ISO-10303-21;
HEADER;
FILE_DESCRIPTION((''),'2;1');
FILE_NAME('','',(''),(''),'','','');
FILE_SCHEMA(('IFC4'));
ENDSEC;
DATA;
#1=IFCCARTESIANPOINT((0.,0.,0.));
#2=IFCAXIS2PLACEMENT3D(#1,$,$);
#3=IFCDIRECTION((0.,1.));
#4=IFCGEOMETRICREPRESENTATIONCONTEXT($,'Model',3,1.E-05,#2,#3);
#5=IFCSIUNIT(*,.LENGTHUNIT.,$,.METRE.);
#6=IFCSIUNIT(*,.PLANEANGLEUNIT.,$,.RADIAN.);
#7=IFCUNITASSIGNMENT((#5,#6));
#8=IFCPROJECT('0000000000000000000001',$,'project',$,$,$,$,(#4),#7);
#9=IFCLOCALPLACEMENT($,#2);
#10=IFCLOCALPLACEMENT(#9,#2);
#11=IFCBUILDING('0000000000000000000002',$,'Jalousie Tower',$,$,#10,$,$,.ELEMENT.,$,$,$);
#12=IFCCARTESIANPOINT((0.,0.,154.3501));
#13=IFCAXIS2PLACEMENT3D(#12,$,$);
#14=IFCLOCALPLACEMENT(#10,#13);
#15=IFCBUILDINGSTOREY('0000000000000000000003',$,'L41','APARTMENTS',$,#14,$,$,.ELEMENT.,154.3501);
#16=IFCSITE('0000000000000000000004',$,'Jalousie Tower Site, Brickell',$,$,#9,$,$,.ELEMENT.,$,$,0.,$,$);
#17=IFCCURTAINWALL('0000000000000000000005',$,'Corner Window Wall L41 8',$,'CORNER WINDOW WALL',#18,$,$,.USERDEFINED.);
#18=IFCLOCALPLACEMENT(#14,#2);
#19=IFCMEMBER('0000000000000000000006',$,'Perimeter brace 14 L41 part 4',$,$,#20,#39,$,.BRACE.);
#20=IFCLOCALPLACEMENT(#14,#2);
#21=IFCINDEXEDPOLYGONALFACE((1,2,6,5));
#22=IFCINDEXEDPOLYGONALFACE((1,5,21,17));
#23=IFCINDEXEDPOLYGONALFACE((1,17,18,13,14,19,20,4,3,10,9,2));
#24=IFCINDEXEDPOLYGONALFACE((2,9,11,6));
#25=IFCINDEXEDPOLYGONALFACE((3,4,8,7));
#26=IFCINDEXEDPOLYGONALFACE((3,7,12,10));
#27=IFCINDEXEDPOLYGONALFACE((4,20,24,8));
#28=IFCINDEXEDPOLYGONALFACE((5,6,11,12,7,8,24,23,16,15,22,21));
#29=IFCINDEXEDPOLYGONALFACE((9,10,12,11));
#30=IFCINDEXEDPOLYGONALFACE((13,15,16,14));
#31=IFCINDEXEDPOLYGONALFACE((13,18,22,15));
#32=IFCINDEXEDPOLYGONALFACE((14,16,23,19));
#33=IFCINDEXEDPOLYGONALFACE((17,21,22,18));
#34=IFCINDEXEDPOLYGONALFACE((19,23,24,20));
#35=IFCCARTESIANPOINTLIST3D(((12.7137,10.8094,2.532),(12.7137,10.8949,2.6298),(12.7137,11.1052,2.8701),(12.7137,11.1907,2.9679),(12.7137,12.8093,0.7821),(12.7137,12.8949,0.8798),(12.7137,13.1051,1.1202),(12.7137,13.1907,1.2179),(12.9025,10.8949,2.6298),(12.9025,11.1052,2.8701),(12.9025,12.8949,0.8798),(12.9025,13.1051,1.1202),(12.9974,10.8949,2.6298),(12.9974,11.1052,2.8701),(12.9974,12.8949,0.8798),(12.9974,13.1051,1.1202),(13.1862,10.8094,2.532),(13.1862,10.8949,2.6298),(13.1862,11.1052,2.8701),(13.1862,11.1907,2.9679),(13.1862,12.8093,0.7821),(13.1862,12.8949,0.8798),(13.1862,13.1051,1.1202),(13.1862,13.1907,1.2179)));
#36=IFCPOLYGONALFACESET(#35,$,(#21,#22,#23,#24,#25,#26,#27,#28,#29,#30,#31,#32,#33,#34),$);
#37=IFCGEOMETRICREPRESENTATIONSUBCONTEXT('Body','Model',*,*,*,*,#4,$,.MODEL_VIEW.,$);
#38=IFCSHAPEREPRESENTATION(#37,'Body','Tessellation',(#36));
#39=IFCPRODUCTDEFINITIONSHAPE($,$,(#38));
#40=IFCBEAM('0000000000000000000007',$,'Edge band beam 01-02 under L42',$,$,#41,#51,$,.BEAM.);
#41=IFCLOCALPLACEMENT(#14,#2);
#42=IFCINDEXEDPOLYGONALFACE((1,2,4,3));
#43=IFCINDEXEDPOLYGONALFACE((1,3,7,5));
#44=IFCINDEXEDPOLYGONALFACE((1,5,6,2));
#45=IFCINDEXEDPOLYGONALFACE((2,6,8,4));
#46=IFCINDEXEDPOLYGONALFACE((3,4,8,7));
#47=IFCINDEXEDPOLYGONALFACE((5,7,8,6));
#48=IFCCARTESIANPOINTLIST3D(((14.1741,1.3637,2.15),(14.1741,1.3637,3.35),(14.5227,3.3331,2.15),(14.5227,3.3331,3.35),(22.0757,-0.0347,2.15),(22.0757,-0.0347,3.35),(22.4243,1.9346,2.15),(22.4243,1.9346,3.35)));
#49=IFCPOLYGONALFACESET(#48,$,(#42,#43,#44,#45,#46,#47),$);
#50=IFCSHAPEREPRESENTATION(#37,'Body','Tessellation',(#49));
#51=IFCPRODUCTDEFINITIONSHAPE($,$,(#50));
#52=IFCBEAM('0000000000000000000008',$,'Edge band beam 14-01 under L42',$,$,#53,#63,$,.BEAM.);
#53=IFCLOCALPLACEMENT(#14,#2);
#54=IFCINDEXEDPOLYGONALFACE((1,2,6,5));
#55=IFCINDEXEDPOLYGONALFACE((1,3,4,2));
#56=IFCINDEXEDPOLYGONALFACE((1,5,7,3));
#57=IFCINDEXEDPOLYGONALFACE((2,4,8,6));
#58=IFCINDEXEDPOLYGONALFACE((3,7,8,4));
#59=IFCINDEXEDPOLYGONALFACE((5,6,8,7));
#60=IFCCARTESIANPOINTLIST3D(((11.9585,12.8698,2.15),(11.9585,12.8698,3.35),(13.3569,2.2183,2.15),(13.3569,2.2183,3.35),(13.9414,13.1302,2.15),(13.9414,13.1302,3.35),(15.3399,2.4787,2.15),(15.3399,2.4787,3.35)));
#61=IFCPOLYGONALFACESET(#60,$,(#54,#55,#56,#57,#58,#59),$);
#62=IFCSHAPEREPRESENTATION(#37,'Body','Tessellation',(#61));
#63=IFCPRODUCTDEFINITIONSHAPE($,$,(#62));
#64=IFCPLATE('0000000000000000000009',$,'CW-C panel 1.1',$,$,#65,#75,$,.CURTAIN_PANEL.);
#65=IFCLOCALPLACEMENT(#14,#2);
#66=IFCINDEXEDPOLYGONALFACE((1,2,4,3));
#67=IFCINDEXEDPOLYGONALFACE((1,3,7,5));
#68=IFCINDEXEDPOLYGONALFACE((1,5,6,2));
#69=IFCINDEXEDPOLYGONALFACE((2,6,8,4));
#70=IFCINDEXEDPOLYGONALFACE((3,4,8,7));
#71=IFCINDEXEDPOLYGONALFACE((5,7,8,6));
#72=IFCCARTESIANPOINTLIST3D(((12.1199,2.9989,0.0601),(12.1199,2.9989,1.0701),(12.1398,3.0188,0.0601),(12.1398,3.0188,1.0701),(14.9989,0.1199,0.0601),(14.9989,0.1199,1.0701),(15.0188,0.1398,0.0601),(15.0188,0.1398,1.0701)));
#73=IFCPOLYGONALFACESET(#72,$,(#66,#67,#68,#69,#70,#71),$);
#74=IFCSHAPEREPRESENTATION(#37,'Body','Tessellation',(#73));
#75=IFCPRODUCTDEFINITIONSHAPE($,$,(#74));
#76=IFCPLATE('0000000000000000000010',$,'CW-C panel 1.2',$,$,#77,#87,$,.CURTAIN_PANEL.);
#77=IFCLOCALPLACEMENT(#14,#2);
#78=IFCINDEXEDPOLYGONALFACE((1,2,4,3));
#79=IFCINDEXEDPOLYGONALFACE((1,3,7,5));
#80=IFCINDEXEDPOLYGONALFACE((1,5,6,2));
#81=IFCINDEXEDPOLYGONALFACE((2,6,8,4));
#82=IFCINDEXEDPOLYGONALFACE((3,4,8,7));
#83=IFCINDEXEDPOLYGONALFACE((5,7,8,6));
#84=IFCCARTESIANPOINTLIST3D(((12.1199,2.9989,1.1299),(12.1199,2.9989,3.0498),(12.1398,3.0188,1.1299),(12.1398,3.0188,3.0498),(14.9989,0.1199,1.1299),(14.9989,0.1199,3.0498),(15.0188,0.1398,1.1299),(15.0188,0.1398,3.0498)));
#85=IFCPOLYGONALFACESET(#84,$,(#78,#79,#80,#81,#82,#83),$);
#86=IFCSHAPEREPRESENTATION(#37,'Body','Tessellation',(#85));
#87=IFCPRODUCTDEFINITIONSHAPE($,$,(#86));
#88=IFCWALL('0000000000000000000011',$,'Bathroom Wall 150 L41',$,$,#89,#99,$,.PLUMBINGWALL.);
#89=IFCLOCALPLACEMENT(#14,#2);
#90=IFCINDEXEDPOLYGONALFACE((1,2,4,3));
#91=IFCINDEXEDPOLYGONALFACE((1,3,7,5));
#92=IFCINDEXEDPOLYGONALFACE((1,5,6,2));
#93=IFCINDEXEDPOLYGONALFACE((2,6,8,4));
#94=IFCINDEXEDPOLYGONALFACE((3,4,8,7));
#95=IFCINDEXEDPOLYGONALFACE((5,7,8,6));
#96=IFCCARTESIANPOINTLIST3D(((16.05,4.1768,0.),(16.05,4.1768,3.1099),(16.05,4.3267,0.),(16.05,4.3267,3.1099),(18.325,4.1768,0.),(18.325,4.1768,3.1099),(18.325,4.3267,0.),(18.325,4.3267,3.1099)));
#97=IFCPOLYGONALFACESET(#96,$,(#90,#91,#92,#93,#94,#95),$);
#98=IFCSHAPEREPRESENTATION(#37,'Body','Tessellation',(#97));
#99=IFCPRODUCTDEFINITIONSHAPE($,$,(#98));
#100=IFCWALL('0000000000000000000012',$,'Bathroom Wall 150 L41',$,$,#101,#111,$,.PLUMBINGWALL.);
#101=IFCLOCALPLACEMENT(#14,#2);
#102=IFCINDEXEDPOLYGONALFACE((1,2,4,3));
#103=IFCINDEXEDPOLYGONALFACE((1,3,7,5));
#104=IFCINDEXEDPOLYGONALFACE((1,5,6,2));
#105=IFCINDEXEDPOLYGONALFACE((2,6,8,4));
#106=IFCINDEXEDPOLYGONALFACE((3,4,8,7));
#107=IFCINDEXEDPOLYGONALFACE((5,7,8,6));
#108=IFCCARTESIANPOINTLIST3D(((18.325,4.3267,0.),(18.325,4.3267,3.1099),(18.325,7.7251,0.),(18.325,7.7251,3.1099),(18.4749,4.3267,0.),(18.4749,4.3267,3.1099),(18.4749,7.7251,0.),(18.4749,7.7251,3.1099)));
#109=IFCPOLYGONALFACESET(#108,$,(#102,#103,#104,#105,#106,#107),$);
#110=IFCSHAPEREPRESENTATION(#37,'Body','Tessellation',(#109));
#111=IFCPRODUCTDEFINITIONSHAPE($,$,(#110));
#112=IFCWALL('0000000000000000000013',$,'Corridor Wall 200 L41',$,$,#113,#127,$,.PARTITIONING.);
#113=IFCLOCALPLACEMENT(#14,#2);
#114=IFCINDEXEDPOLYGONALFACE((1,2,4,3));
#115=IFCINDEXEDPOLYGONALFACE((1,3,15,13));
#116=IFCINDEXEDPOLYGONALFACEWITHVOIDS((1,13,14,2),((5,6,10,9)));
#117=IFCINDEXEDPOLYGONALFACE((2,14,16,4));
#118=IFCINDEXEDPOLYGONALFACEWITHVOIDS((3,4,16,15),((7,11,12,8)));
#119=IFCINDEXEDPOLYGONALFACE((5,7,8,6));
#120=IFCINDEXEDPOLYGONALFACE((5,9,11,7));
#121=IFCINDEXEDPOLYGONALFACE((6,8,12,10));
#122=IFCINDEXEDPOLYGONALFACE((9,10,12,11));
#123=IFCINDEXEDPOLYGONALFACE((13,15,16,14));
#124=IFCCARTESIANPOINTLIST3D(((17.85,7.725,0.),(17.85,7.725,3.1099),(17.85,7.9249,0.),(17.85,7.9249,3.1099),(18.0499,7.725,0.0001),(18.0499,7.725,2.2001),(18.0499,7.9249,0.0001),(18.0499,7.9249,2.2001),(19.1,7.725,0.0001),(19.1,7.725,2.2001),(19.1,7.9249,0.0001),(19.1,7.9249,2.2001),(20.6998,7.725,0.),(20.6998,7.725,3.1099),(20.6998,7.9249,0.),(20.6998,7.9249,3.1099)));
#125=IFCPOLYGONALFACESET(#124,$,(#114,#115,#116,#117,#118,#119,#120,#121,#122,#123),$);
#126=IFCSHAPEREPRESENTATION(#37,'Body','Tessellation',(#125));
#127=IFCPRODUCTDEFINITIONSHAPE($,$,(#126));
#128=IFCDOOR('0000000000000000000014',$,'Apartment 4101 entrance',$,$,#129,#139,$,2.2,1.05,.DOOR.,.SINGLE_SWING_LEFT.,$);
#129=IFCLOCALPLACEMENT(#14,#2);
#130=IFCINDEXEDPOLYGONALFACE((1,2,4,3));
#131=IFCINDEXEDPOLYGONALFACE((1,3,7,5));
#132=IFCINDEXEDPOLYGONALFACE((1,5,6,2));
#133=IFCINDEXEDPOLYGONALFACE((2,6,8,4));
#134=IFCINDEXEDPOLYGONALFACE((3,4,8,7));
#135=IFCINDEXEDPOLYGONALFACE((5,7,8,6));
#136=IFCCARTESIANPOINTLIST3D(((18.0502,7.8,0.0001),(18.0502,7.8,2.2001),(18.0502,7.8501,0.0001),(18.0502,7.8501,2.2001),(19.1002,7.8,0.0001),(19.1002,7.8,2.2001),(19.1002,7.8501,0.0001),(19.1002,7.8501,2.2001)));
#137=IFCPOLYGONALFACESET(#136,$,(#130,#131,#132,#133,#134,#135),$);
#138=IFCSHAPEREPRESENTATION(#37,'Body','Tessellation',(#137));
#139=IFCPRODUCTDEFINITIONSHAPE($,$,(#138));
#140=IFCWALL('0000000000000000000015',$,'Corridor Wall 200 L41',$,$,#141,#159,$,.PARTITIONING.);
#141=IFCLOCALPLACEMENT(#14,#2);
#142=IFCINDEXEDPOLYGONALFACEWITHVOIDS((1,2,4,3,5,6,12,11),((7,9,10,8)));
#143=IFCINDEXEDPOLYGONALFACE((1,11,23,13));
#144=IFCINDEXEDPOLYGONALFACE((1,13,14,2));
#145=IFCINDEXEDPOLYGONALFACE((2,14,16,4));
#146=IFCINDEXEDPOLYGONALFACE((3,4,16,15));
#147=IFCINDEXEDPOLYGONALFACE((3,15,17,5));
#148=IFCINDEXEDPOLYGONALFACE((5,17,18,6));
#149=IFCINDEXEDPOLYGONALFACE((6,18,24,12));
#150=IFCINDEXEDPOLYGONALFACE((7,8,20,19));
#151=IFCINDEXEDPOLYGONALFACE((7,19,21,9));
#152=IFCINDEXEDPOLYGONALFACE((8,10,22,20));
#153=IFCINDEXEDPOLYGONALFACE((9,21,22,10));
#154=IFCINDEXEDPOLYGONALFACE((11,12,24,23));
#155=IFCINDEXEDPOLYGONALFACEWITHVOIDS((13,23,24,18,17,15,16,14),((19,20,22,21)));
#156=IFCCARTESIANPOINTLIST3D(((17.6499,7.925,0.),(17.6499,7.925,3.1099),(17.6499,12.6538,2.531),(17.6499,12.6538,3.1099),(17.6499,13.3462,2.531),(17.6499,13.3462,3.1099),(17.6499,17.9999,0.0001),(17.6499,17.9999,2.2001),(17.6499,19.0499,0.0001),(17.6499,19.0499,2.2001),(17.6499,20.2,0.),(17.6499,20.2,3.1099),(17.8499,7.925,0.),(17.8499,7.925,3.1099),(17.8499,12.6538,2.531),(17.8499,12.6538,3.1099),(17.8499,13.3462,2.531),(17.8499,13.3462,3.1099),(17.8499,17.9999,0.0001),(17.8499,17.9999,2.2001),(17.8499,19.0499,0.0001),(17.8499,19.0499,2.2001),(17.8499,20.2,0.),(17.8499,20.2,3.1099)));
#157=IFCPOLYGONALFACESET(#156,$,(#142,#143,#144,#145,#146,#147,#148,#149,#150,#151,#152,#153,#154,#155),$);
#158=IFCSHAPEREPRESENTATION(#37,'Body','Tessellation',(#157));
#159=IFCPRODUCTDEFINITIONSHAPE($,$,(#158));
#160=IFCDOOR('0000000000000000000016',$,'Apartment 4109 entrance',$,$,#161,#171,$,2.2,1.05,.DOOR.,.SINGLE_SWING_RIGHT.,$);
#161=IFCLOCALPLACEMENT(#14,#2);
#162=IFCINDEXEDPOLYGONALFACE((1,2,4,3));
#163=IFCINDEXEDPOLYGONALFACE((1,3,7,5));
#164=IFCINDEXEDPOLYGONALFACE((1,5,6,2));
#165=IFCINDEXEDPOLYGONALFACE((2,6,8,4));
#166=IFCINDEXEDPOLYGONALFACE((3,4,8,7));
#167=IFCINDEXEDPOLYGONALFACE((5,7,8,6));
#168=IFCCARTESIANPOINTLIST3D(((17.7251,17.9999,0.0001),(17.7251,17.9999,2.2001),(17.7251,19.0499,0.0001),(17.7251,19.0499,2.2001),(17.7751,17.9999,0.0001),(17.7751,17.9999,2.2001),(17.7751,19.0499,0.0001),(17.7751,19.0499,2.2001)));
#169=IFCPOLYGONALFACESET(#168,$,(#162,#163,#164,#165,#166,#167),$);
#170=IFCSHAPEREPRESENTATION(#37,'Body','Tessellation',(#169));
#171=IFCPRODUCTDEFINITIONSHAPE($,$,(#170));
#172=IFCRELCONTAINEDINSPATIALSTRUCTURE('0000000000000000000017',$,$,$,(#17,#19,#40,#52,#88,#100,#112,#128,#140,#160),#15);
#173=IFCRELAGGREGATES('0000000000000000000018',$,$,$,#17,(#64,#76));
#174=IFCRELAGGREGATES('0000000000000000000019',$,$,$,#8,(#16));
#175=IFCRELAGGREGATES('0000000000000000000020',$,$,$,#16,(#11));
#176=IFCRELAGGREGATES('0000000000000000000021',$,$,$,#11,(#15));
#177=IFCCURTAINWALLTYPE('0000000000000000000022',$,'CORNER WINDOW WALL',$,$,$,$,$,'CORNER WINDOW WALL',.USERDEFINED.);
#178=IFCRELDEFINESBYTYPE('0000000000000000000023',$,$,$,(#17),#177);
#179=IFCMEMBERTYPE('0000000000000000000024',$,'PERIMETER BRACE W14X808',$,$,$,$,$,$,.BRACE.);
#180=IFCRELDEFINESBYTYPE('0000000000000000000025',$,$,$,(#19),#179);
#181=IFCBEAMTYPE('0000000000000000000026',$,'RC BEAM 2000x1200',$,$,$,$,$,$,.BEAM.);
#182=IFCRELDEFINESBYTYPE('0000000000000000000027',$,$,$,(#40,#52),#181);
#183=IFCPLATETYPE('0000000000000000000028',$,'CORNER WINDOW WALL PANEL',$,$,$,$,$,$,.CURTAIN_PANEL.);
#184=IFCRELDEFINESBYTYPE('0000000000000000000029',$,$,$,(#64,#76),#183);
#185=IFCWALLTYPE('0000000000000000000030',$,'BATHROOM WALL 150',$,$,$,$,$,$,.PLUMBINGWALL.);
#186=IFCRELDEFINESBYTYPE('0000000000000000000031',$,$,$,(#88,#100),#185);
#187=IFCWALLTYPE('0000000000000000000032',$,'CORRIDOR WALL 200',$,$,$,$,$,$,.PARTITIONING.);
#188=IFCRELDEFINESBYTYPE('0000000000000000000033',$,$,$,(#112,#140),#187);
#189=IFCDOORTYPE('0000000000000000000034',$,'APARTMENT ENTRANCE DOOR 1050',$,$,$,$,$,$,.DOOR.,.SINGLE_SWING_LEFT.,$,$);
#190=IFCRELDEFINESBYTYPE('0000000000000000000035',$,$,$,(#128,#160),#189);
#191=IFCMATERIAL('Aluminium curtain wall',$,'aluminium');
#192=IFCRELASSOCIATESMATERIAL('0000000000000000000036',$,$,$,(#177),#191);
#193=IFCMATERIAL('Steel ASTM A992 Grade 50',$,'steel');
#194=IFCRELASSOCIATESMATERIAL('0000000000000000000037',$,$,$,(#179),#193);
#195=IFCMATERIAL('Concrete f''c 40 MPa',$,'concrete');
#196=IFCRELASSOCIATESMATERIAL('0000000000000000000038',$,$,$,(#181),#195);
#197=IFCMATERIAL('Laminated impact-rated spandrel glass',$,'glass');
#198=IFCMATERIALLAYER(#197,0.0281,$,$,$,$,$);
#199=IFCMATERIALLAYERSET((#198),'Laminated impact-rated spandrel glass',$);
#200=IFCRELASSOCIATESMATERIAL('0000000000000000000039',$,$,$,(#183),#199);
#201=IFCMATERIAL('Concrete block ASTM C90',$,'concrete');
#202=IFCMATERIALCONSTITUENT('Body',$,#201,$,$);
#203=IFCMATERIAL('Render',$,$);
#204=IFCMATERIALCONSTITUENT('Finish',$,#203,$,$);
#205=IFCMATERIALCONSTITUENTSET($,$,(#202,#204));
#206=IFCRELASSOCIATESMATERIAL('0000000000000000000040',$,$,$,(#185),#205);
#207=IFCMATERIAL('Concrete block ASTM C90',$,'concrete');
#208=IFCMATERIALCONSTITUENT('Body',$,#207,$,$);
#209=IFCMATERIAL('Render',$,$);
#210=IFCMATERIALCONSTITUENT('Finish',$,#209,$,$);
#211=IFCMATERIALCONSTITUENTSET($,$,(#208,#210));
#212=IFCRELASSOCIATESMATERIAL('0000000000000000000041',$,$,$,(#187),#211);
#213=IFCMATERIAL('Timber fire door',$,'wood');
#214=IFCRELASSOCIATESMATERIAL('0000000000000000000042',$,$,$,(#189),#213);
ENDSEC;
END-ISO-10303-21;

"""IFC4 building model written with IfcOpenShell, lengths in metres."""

from ifc_helpers import new_model, si_unit, direction, frame, frame_2d, origin, origin_2d, place, context, subcontext, project, spatial, polyline, rectangle, i_section, outline, extrude, material, layer, layer_set, constituent, constituent_set, material_profile, profile_set, type_object, element, fill, aggregate, save


model = new_model("IFC4")

# Units and contexts
model_context = context("Model", 3, precision=1e-05, world=origin(), true_north=direction((0.0, 1.0)))
body_context = subcontext(model_context, "Body", "Model", "MODEL_VIEW")
ifc_project = project(units=[si_unit("LENGTHUNIT", "METRE"), si_unit("PLANEANGLEUNIT", "RADIAN")], contexts=[model_context])

# Site, building, storey
site_placement = place(None, origin())
site = spatial("IfcSite", under=ifc_project, at=site_placement, Name="Jalousie Tower Site, Brickell", CompositionType="ELEMENT", RefElevation=0.0)
building_placement = place(site_placement, origin())
building = spatial("IfcBuilding", under=site, at=building_placement, Name="Jalousie Tower", CompositionType="ELEMENT")
storey_placement = place(building_placement, frame((0.0, 0.0, 154.3501)))
storey = spatial("IfcBuildingStorey", under=building, at=storey_placement, Name="L41", Description="APARTMENTS", CompositionType="ELEMENT", Elevation=154.3501)

# Curtain wall
ifc_material_1 = material(Name="Aluminium curtain wall", Category="aluminium")
curtain_wall_type = type_object("IfcCurtainWallType", Name="CORNER WINDOW WALL", ElementType="CORNER WINDOW WALL", PredefinedType="USERDEFINED", material=ifc_material_1)
curtain_wall_placement = place(storey_placement, origin())
curtain_wall = element("IfcCurtainWall", 1, at=curtain_wall_placement, inside=storey, type_object=curtain_wall_type, Name="Corner Window Wall L41 8", ObjectType="CORNER WINDOW WALL", PredefinedType="USERDEFINED")

# Member
ifc_material_2 = material(Name="Steel ASTM A992 Grade 50", Category="steel")
ifc_material_profile_1 = material_profile(ifc_material_2, i_section(OverallWidth=0.4724, OverallDepth=0.5791, WebThickness=0.095, FlangeThickness=0.1299, at=origin_2d()), Name="W14X808")
ifc_profile_set_1 = profile_set([ifc_material_profile_1], Name="Steel ASTM A992 Grade 50")
member_type_1 = type_object("IfcMemberType", Name="PERIMETER BRACE W14X808", PredefinedType="BRACE", material=ifc_profile_set_1)
for number, where, z_axis, x_axis, name in (
    (2, (12.95, 13.0, 1.0), (0.0, -0.752577, 0.658505), (1.0, 0.0, 0.0), "Perimeter brace 14 L41 part 4"),
):
    element("IfcMember", number, at=place(storey_placement, frame(where, z_axis=z_axis, x_axis=x_axis)), inside=storey, type_object=member_type_1, Name=name, PredefinedType="BRACE", context=body_context, shape_type="SweptSolid", body=[
        extrude(i_section(OverallWidth=0.4724, OverallDepth=0.5791, WebThickness=0.095, FlangeThickness=0.1299, at=origin_2d()), origin(), (0.0, 0.0, 1.0), 2.6575),
    ])

# Beams
ifc_material_3 = material(Name="Concrete f'c 40 MPa", Category="concrete")
ifc_material_profile_2 = material_profile(ifc_material_3, rectangle(XDim=2.0, YDim=1.2, at=origin_2d()), Name="RC 2000x1200")
ifc_profile_set_2 = profile_set([ifc_material_profile_2], Name="Concrete f'c 40 MPa")
beam_type_1 = type_object("IfcBeamType", Name="RC BEAM 2000x1200", PredefinedType="BEAM", material=ifc_profile_set_2)
beam_1_placement = place(storey_placement, frame((14.3484, 2.3484, 2.75), z_axis=(0.984697, -0.174273, 0.0), x_axis=(0.174273, 0.984697, 0.0)))
element("IfcBeam", 3, at=beam_1_placement, inside=storey, type_object=beam_type_1, Name="Edge band beam 01-02 under L42", PredefinedType="BEAM", context=body_context, shape_type="SweptSolid", body=[
    extrude(rectangle(XDim=2.0, YDim=1.2, at=origin_2d()), origin(), (0.0, 0.0, 1.0), 8.0244),
])
beam_2_placement = place(storey_placement, frame((12.95, 13.0, 2.75), z_axis=(0.130172, -0.991491, 0.0), x_axis=(0.991491, 0.130172, 0.0)))
element("IfcBeam", 4, at=beam_2_placement, inside=storey, type_object=beam_type_1, Name="Edge band beam 14-01 under L42", PredefinedType="BEAM", context=body_context, shape_type="SweptSolid", body=[
    extrude(rectangle(XDim=2.0, YDim=1.2, at=origin_2d()), origin(), (0.0, 0.0, 1.0), 10.7429),
])

# Plates
ifc_material_4 = material(Name="Laminated impact-rated spandrel glass", Category="glass")
ifc_layer_1 = layer(ifc_material_4, 0.0281)
ifc_layer_set_1 = layer_set([ifc_layer_1], Name="Laminated impact-rated spandrel glass")
plate_type = type_object("IfcPlateType", Name="CORNER WINDOW WALL PANEL", PredefinedType="CURTAIN_PANEL", material=ifc_layer_set_1)
plate_1_placement = place(storey_placement, frame((13.5693, 1.5693, 0.0601), z_axis=(0.0, 0.0, 1.0), x_axis=(0.707107, -0.707107, 0.0)))
plate_1 = element("IfcPlate", 5, at=plate_1_placement, type_object=plate_type, Name="CW-C panel 1.1", PredefinedType="CURTAIN_PANEL", context=body_context, shape_type="SweptSolid", body=[
    extrude(rectangle(XDim=4.0715, YDim=0.0281, at=origin_2d()), origin(), (0.0, 0.0, 1.0), 1.01),
])
plate_2_placement = place(storey_placement, frame((13.5693, 1.5693, 1.1299), z_axis=(0.0, 0.0, 1.0), x_axis=(0.707107, -0.707107, 0.0)))
plate_2 = element("IfcPlate", 6, at=plate_2_placement, type_object=plate_type, Name="CW-C panel 1.2", PredefinedType="CURTAIN_PANEL", context=body_context, shape_type="SweptSolid", body=[
    extrude(rectangle(XDim=4.0715, YDim=0.0281, at=origin_2d()), origin(), (0.0, 0.0, 1.0), 1.9199),
])
aggregate(curtain_wall, [plate_1, plate_2])

# Walls
ifc_material_5 = material(Name="Concrete block ASTM C90", Category="concrete")
ifc_constituent_1 = constituent(ifc_material_5, Name="Body")
ifc_material_6 = material(Name="Render")
ifc_constituent_2 = constituent(ifc_material_6, Name="Finish")
ifc_constituent_set_1 = constituent_set(constituents=[ifc_constituent_1, ifc_constituent_2])
wall_type_1 = type_object("IfcWallType", Name="BATHROOM WALL 150", PredefinedType="PLUMBINGWALL", material=ifc_constituent_set_1)
wall_1_placement = place(storey_placement, frame((18.325, 4.2517, 0.0), z_axis=(0.0, 0.0, 1.0), x_axis=(-1.0, 0.0, 0.0)))
element("IfcWall", 7, at=wall_1_placement, inside=storey, type_object=wall_type_1, Name="Bathroom Wall 150 L41", PredefinedType="PLUMBINGWALL", context=body_context, shape_type="SweptSolid", body=[
    extrude(rectangle(XDim=2.2749, YDim=0.1499, at=frame_2d((1.1375, 0.0))), origin(), (0.0, 0.0, 1.0), 3.1099),
])
wall_2_placement = place(storey_placement, frame((18.3999, 4.3267, 0.0), z_axis=(0.0, 0.0, 1.0), x_axis=(0.0, 1.0, 0.0)))
element("IfcWall", 8, at=wall_2_placement, inside=storey, type_object=wall_type_1, Name="Bathroom Wall 150 L41", PredefinedType="PLUMBINGWALL", context=body_context, shape_type="SweptSolid", body=[
    extrude(rectangle(XDim=3.3984, YDim=0.1499, at=frame_2d((1.6992, 0.0))), origin(), (0.0, 0.0, 1.0), 3.1099),
])

# Walls, openings, doors
ifc_material_7 = material(Name="Concrete block ASTM C90", Category="concrete")
ifc_constituent_3 = constituent(ifc_material_7, Name="Body")
ifc_material_8 = material(Name="Render")
ifc_constituent_4 = constituent(ifc_material_8, Name="Finish")
ifc_constituent_set_2 = constituent_set(constituents=[ifc_constituent_3, ifc_constituent_4])
wall_type_2 = type_object("IfcWallType", Name="CORRIDOR WALL 200", PredefinedType="PARTITIONING", material=ifc_constituent_set_2)
wall_3_placement = place(storey_placement, frame((17.8501, 7.825, 0.0), z_axis=(0.0, 0.0, 1.0), x_axis=(1.0, 0.0, 0.0)))
wall_3 = element("IfcWall", 9, at=wall_3_placement, inside=storey, type_object=wall_type_2, Name="Corridor Wall 200 L41", PredefinedType="PARTITIONING", context=body_context, shape_type="SweptSolid", body=[
    extrude(rectangle(XDim=2.8499, YDim=0.2, at=frame_2d((1.4248, 0.0))), origin(), (0.0, 0.0, 1.0), 3.1099),
])
opening_1_placement = place(wall_3_placement, frame((0.2, 0.0, 0.0)))
opening_1 = element("IfcOpeningElement", 10, at=opening_1_placement, cuts=wall_3, PredefinedType="OPENING", context=body_context, shape_type="SweptSolid", body=[
    extrude(rectangle(XDim=1.05, YDim=2.2, at=frame_2d((0.5249, 1.1001))), frame((0.0, 0.1099, 0.0), z_axis=(0.0, -1.0, 0.0), x_axis=(1.0, 0.0, 0.0)), (0.0, 0.0, 1.0), 0.22),
])
ifc_material_9 = material(Name="Timber fire door", Category="wood")
door_type_1 = type_object("IfcDoorType", Name="APARTMENT ENTRANCE DOOR 1050", OperationType="SINGLE_SWING_LEFT", PredefinedType="DOOR", material=ifc_material_9)
door_1_placement = place(opening_1_placement, frame((1.05, 0.0, 0.0), z_axis=(0.0, 0.0, 1.0), x_axis=(-1.0, 0.0, 0.0)))
door_1 = element("IfcDoor", 11, at=door_1_placement, inside=storey, type_object=door_type_1, Name="Apartment 4101 entrance", OperationType="SINGLE_SWING_LEFT", OverallHeight=2.2, OverallWidth=1.05, PredefinedType="DOOR", context=body_context, shape_type="SweptSolid", body=[
    extrude(rectangle(XDim=1.05, YDim=2.2, at=frame_2d((0.5249, 1.1001))), frame((0.0, 0.0249, 0.0), z_axis=(0.0, -1.0, 0.0), x_axis=(1.0, 0.0, 0.0)), (0.0, 0.0, 1.0), 0.05),
])
fill(opening_1, door_1)
wall_4_placement = place(storey_placement, frame((17.75, 7.925, 0.0), z_axis=(0.0, 0.0, 1.0), x_axis=(0.0, 1.0, 0.0)))
wall_4 = element("IfcWall", 12, at=wall_4_placement, inside=storey, type_object=wall_type_2, Name="Corridor Wall 200 L41", PredefinedType="PARTITIONING", context=body_context, shape_type="SweptSolid", body=[
    extrude(outline(polyline([(0.0, 0.0), (12.2749, 0.0), (12.2749, 3.1099), (5.4211, 3.1099), (5.4211, 2.531), (4.7288, 2.531), (4.7288, 3.1099), (0.0, 3.1099), (0.0, 0.0)])), frame((0.0, 0.1001, 0.0), z_axis=(0.0, -1.0, 0.0), x_axis=(1.0, 0.0, 0.0)), (0.0, 0.0, 1.0), 0.2),
])
opening_2_placement = place(wall_4_placement, frame((10.075, 0.0, 0.0)))
opening_2 = element("IfcOpeningElement", 13, at=opening_2_placement, cuts=wall_4, PredefinedType="OPENING", context=body_context, shape_type="SweptSolid", body=[
    extrude(rectangle(XDim=1.05, YDim=2.2, at=frame_2d((0.5249, 1.1001))), frame((0.0, 0.1099, 0.0), z_axis=(0.0, -1.0, 0.0), x_axis=(1.0, 0.0, 0.0)), (0.0, 0.0, 1.0), 0.22),
])
door_2_placement = place(opening_2_placement, origin())
door_2 = element("IfcDoor", 14, at=door_2_placement, inside=storey, type_object=door_type_1, Name="Apartment 4109 entrance", OperationType="SINGLE_SWING_RIGHT", OverallHeight=2.2, OverallWidth=1.05, PredefinedType="DOOR", context=body_context, shape_type="SweptSolid", body=[
    extrude(rectangle(XDim=1.05, YDim=2.2, at=frame_2d((0.5249, 1.1001))), frame((0.0, 0.0249, 0.0), z_axis=(0.0, -1.0, 0.0), x_axis=(1.0, 0.0, 0.0)), (0.0, 0.0, 1.0), 0.05),
])
fill(opening_2, door_2)

save(model, "model.ifc")
